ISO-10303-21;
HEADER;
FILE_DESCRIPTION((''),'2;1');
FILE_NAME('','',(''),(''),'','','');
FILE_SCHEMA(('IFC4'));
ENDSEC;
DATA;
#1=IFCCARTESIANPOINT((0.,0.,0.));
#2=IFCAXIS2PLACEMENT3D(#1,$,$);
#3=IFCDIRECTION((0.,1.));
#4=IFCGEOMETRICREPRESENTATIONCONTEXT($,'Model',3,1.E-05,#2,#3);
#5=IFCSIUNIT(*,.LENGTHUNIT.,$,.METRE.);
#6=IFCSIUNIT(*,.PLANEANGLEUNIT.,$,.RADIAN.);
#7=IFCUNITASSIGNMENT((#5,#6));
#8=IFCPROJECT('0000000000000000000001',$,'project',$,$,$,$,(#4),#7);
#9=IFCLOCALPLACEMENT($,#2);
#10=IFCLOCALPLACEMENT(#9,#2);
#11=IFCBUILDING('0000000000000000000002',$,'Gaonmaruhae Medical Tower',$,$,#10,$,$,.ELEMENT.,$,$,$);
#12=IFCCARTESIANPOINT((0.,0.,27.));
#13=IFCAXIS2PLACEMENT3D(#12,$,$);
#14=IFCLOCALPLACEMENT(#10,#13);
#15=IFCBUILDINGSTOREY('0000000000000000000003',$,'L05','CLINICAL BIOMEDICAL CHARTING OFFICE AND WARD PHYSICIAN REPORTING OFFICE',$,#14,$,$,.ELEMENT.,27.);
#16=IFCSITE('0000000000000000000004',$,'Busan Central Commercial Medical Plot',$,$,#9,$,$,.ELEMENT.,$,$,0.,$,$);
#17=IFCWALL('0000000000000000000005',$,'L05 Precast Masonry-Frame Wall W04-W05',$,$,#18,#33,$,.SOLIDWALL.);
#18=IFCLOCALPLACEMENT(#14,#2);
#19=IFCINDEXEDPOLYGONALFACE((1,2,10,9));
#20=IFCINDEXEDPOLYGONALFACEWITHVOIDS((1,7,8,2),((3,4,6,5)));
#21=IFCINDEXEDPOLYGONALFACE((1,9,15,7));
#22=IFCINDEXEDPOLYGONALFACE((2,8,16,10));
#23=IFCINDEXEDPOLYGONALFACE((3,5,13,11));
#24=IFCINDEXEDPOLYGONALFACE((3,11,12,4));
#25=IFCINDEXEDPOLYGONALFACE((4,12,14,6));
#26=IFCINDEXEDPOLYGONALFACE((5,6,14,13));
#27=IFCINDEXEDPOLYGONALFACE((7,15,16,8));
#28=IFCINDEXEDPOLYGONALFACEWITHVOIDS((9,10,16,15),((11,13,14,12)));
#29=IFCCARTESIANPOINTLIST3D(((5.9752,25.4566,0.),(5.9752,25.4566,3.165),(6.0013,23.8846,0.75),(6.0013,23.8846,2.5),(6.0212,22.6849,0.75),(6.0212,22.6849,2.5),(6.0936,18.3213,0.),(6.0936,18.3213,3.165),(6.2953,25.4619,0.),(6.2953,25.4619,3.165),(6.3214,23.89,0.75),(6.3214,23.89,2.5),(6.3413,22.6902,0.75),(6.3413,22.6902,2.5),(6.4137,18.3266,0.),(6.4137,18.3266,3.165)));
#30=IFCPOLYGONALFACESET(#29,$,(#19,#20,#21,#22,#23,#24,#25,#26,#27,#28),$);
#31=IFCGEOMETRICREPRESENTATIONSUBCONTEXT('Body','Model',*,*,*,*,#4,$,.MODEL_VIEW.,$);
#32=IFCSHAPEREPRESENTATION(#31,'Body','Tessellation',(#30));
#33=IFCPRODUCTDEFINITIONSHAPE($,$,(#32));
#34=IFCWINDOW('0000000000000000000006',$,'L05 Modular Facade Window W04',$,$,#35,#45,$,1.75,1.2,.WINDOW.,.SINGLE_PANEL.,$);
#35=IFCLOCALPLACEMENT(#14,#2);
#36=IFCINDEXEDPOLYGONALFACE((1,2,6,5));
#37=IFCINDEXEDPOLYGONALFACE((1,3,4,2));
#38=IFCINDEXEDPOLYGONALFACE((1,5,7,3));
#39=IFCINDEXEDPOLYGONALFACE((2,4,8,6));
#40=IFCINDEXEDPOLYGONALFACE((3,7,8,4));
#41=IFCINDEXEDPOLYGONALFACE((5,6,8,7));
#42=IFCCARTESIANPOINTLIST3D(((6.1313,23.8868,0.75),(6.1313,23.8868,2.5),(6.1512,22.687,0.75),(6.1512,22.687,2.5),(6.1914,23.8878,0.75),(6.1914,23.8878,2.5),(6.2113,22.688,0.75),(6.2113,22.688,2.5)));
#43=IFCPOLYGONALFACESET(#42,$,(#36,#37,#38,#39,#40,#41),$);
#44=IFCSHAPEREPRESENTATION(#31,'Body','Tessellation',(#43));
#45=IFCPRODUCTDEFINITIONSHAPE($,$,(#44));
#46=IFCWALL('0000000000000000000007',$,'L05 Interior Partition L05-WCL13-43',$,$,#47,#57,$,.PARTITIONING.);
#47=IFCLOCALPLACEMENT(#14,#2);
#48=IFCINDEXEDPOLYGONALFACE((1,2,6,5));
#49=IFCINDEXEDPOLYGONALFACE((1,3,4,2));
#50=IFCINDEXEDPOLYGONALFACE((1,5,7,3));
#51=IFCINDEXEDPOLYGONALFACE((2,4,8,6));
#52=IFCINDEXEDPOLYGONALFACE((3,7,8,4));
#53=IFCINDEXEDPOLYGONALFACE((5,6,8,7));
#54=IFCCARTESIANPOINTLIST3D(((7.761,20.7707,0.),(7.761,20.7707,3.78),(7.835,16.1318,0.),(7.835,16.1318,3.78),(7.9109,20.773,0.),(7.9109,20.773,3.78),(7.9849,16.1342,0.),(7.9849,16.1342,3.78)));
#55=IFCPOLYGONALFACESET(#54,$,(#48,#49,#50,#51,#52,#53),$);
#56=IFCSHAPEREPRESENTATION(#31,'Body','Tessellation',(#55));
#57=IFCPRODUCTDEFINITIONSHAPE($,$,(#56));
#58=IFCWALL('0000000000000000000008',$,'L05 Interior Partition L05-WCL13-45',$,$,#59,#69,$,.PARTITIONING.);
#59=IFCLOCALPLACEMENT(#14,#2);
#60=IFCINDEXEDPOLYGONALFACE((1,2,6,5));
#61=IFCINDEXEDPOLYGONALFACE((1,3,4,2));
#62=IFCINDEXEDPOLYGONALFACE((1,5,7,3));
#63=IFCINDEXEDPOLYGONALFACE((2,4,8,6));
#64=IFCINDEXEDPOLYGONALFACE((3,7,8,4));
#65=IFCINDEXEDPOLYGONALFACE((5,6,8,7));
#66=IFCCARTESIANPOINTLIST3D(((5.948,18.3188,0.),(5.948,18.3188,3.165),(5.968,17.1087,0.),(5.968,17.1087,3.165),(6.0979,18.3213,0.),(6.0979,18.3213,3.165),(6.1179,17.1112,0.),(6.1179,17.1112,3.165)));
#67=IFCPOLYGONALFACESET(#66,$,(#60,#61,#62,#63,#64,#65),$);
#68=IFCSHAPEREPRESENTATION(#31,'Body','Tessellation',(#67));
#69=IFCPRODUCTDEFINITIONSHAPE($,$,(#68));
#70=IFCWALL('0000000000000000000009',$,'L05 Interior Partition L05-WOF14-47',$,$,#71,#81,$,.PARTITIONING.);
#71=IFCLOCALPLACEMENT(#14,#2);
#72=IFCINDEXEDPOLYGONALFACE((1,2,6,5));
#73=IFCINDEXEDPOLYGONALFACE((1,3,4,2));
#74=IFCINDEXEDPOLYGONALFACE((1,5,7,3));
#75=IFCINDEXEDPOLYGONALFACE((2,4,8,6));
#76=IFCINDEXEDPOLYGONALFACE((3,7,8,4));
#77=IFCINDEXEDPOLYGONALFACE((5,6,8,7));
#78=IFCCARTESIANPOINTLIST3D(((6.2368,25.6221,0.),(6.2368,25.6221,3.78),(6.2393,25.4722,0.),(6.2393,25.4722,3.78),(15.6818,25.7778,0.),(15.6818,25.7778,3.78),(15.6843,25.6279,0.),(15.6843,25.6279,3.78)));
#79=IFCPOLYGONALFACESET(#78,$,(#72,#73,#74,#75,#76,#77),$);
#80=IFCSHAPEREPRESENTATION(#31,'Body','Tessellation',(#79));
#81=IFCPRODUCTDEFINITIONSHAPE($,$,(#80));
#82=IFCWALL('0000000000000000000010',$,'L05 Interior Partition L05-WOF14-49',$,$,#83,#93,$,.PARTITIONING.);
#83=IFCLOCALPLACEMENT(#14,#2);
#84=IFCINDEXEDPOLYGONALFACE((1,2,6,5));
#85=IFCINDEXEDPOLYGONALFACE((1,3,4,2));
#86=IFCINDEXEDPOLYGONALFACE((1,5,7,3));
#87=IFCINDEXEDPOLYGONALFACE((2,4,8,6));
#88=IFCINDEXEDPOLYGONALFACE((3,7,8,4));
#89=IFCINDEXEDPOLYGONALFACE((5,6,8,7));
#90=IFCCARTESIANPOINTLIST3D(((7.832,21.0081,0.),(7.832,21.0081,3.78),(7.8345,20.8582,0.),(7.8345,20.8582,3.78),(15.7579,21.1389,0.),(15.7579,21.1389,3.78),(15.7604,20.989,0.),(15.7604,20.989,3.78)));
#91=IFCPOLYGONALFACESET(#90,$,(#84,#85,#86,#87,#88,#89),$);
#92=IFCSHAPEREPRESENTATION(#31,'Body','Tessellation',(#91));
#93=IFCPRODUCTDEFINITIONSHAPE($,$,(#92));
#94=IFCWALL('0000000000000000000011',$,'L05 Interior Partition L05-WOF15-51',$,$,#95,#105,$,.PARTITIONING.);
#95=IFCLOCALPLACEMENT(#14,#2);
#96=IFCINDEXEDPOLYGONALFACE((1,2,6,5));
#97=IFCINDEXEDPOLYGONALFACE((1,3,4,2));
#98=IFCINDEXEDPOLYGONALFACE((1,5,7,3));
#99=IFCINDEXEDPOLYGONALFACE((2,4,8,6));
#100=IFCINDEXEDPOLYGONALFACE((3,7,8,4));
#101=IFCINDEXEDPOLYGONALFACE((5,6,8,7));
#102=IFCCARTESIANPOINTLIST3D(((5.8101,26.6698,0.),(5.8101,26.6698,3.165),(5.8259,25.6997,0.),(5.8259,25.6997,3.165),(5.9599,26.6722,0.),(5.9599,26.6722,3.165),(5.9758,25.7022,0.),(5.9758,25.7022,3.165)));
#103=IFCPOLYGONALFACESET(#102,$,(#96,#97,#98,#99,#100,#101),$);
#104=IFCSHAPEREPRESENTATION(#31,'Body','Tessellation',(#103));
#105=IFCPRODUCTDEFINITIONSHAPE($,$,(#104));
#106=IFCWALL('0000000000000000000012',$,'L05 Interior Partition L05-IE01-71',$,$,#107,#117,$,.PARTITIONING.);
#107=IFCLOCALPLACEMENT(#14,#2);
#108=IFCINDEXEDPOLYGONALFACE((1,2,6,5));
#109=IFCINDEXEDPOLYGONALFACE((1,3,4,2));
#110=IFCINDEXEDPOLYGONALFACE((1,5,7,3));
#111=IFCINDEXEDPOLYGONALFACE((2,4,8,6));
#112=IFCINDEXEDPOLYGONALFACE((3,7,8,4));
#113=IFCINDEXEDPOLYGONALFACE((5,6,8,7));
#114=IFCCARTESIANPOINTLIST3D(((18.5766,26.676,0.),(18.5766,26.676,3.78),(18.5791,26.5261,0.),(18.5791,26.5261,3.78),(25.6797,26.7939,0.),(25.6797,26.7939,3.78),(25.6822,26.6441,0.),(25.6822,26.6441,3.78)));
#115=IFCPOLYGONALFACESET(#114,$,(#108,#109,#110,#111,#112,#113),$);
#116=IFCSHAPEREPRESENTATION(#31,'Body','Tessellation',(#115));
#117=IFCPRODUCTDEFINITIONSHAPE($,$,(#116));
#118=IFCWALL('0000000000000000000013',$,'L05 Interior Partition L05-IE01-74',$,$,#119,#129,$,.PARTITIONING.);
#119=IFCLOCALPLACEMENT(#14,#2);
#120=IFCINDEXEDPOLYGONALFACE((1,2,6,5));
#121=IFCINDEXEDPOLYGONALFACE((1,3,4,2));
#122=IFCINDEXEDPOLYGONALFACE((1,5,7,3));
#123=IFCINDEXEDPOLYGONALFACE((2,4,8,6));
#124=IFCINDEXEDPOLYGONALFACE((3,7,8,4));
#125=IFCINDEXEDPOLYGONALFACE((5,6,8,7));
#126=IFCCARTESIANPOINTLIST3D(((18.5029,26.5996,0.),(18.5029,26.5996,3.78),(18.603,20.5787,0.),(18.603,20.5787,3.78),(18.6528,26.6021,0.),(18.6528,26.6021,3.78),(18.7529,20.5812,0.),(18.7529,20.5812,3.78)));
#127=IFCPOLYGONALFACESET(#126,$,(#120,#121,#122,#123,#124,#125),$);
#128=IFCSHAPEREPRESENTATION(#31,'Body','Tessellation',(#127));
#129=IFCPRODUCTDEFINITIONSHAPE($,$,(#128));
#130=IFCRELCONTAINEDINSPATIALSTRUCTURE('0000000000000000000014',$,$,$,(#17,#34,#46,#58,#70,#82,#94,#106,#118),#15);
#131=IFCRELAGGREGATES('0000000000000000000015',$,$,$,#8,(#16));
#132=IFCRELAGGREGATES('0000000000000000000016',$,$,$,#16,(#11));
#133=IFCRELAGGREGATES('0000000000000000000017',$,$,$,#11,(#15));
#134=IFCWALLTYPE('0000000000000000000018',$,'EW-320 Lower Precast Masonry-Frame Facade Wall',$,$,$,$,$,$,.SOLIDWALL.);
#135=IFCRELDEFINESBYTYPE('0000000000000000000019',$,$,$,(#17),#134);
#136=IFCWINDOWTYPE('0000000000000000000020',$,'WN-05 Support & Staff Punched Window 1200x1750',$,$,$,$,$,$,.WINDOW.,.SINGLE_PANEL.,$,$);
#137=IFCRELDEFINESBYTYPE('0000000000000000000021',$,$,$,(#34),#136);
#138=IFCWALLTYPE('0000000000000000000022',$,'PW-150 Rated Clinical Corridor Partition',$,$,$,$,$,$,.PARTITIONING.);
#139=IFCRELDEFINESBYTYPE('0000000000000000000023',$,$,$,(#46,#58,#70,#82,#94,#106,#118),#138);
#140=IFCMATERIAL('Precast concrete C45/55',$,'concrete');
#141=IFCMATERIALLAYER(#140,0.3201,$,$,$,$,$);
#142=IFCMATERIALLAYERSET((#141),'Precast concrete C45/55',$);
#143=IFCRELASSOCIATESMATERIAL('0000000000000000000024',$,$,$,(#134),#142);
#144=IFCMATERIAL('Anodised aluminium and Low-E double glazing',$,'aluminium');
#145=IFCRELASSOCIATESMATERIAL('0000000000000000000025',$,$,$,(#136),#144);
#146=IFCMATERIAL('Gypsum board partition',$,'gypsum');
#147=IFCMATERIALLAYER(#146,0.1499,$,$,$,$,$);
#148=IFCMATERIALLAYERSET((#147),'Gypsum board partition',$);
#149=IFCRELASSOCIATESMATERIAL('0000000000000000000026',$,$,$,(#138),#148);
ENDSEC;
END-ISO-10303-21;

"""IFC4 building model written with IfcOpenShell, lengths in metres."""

from ifc_helpers import new_model, si_unit, direction, frame, frame_2d, origin, place, context, subcontext, project, spatial, rectangle, extrude, material, layer, layer_set, type_object, element, fill, save


model = new_model("IFC4")

# Units and contexts
model_context = context("Model", 3, precision=1e-05, world=origin(), true_north=direction((0.0, 1.0)))
body_context = subcontext(model_context, "Body", "Model", "MODEL_VIEW")
ifc_project = project(units=[si_unit("LENGTHUNIT", "METRE"), si_unit("PLANEANGLEUNIT", "RADIAN")], contexts=[model_context])

# Site, building, storey
site_placement = place(None, origin())
site = spatial("IfcSite", under=ifc_project, at=site_placement, Name="Busan Central Commercial Medical Plot", CompositionType="ELEMENT", RefElevation=0.0)
building_placement = place(site_placement, origin())
building = spatial("IfcBuilding", under=site, at=building_placement, Name="Gaonmaruhae Medical Tower", CompositionType="ELEMENT")
storey_placement = place(building_placement, frame((0.0, 0.0, 27.0)))
storey = spatial("IfcBuildingStorey", under=building, at=storey_placement, Name="L05", Description="CLINICAL BIOMEDICAL CHARTING OFFICE AND WARD PHYSICIAN REPORTING OFFICE", CompositionType="ELEMENT", Elevation=27.0)

# Wall, opening, window
ifc_material_1 = material(Name="Precast concrete C45/55", Category="concrete")
ifc_layer_1 = layer(ifc_material_1, 0.3201)
ifc_layer_set_1 = layer_set([ifc_layer_1], Name="Precast concrete C45/55")
wall_type_1 = type_object("IfcWallType", Name="EW-320 Lower Precast Masonry-Frame Facade Wall", PredefinedType="SOLIDWALL", material=ifc_layer_set_1)
wall_1_placement = place(storey_placement, frame((6.2537, 18.324, 0.0), z_axis=(0.0, 0.0, 1.0), x_axis=(-0.016593, 0.999862, 0.0)))
wall_1 = element("IfcWall", 1, at=wall_1_placement, inside=storey, type_object=wall_type_1, Name="L05 Precast Masonry-Frame Wall W04-W05", PredefinedType="SOLIDWALL", context=body_context, shape_type="SweptSolid", body=[
    extrude(rectangle(XDim=7.1362, YDim=0.3201, at=frame_2d((3.5681, 0.0))), origin(), (0.0, 0.0, 1.0), 3.165),
])
opening_1_placement = place(wall_1_placement, frame((4.364, 0.0, 0.75)))
opening_1 = element("IfcOpeningElement", 2, at=opening_1_placement, cuts=wall_1, PredefinedType="OPENING", context=body_context, shape_type="SweptSolid", body=[
    extrude(rectangle(XDim=1.2, YDim=1.75, at=frame_2d((0.6001, 0.875))), frame((0.0, 0.1699, 0.0), z_axis=(0.0, -1.0, 0.0), x_axis=(1.0, 0.0, 0.0)), (0.0, 0.0, 1.0), 0.3401),
])
ifc_material_2 = material(Name="Anodised aluminium and Low-E double glazing", Category="aluminium")
window_type = type_object("IfcWindowType", Name="WN-05 Support & Staff Punched Window 1200x1750", PartitioningType="SINGLE_PANEL", PredefinedType="WINDOW", material=ifc_material_2)
window_placement = place(opening_1_placement, origin())
window = element("IfcWindow", 3, at=window_placement, inside=storey, type_object=window_type, Name="L05 Modular Facade Window W04", OverallHeight=1.75, OverallWidth=1.2, PartitioningType="SINGLE_PANEL", PredefinedType="WINDOW", context=body_context, shape_type="SweptSolid", body=[
    extrude(rectangle(XDim=1.2, YDim=1.75, at=frame_2d((0.6001, 0.875))), frame((0.0, 0.03, 0.0), z_axis=(0.0, -1.0, 0.0), x_axis=(1.0, 0.0, 0.0)), (0.0, 0.0, 1.0), 0.0601),
])
fill(opening_1, window)

# Walls
ifc_material_3 = material(Name="Gypsum board partition", Category="gypsum")
ifc_layer_2 = layer(ifc_material_3, 0.1499)
ifc_layer_set_2 = layer_set([ifc_layer_2], Name="Gypsum board partition")
wall_type_2 = type_object("IfcWallType", Name="PW-150 Rated Clinical Corridor Partition", PredefinedType="PARTITIONING", material=ifc_layer_set_2)
wall_2_placement = place(storey_placement, frame((7.8359, 20.772, 0.0), z_axis=(0.0, 0.0, 1.0), x_axis=(0.015945, -0.999873, 0.0)))
element("IfcWall", 4, at=wall_2_placement, inside=storey, type_object=wall_type_2, Name="L05 Interior Partition L05-WCL13-43", PredefinedType="PARTITIONING", context=body_context, shape_type="SweptSolid", body=[
    extrude(rectangle(XDim=4.6394, YDim=0.1499, at=frame_2d((2.3198, 0.0))), origin(), (0.0, 0.0, 1.0), 3.78),
])
wall_3_placement = place(storey_placement, frame((6.043, 17.1101, 0.0), z_axis=(0.0, 0.0, 1.0), x_axis=(-0.016543, 0.999863, 0.0)))
element("IfcWall", 5, at=wall_3_placement, inside=storey, type_object=wall_type_2, Name="L05 Interior Partition L05-WCL13-45", PredefinedType="PARTITIONING", context=body_context, shape_type="SweptSolid", body=[
    extrude(rectangle(XDim=1.2102, YDim=0.1499, at=frame_2d((0.605, 0.0))), origin(), (0.0, 0.0, 1.0), 3.165),
])

# Wall
wall_4_placement = place(storey_placement, frame((6.238, 25.5471, 0.0), z_axis=(0.0, 0.0, 1.0), x_axis=(0.999864, 0.016489, 0.0)))
element("IfcWall", 6, at=wall_4_placement, inside=storey, type_object=wall_type_2, Name="L05 Interior Partition L05-WOF14-47", PredefinedType="PARTITIONING", context=body_context, shape_type="SweptSolid", body=[
    extrude(rectangle(XDim=9.4463, YDim=0.1499, at=frame_2d((4.7231, 0.0))), origin(), (0.0, 0.0, 1.0), 3.78),
])

# Walls
wall_5_placement = place(storey_placement, frame((15.759, 21.064, 0.0), z_axis=(0.0, 0.0, 1.0), x_axis=(-0.999864, -0.016508, 0.0)))
element("IfcWall", 7, at=wall_5_placement, inside=storey, type_object=wall_type_2, Name="L05 Interior Partition L05-WOF14-49", PredefinedType="PARTITIONING", context=body_context, shape_type="SweptSolid", body=[
    extrude(rectangle(XDim=7.927, YDim=0.1499, at=frame_2d((3.9634, 0.0))), origin(), (0.0, 0.0, 1.0), 3.78),
])
wall_6_placement = place(storey_placement, frame((5.9009, 25.7009, 0.0), z_axis=(0.0, 0.0, 1.0), x_axis=(-0.016358, 0.999866, 0.0)))
element("IfcWall", 8, at=wall_6_placement, inside=storey, type_object=wall_type_2, Name="L05 Interior Partition L05-WOF15-51", PredefinedType="PARTITIONING", context=body_context, shape_type="SweptSolid", body=[
    extrude(rectangle(XDim=0.9702, YDim=0.1499, at=frame_2d((0.4851, 0.0))), origin(), (0.0, 0.0, 1.0), 3.165),
])
wall_7_placement = place(storey_placement, frame((18.5779, 26.6011, 0.0), z_axis=(0.0, 0.0, 1.0), x_axis=(0.999862, 0.016599, 0.0)))
element("IfcWall", 9, at=wall_7_placement, inside=storey, type_object=wall_type_2, Name="L05 Interior Partition L05-IE01-71", PredefinedType="PARTITIONING", context=body_context, shape_type="SweptSolid", body=[
    extrude(rectangle(XDim=7.104, YDim=0.1499, at=frame_2d((3.552, 0.0))), origin(), (0.0, 0.0, 1.0), 3.78),
])
wall_8_placement = place(storey_placement, frame((18.678, 20.5801, 0.0), z_axis=(0.0, 0.0, 1.0), x_axis=(-0.016622, 0.999862, 0.0)))
element("IfcWall", 10, at=wall_8_placement, inside=storey, type_object=wall_type_2, Name="L05 Interior Partition L05-IE01-74", PredefinedType="PARTITIONING", context=body_context, shape_type="SweptSolid", body=[
    extrude(rectangle(XDim=6.0217, YDim=0.1499, at=frame_2d((3.0107, 0.0))), origin(), (0.0, 0.0, 1.0), 3.78),
])

save(model, "model.ifc")
